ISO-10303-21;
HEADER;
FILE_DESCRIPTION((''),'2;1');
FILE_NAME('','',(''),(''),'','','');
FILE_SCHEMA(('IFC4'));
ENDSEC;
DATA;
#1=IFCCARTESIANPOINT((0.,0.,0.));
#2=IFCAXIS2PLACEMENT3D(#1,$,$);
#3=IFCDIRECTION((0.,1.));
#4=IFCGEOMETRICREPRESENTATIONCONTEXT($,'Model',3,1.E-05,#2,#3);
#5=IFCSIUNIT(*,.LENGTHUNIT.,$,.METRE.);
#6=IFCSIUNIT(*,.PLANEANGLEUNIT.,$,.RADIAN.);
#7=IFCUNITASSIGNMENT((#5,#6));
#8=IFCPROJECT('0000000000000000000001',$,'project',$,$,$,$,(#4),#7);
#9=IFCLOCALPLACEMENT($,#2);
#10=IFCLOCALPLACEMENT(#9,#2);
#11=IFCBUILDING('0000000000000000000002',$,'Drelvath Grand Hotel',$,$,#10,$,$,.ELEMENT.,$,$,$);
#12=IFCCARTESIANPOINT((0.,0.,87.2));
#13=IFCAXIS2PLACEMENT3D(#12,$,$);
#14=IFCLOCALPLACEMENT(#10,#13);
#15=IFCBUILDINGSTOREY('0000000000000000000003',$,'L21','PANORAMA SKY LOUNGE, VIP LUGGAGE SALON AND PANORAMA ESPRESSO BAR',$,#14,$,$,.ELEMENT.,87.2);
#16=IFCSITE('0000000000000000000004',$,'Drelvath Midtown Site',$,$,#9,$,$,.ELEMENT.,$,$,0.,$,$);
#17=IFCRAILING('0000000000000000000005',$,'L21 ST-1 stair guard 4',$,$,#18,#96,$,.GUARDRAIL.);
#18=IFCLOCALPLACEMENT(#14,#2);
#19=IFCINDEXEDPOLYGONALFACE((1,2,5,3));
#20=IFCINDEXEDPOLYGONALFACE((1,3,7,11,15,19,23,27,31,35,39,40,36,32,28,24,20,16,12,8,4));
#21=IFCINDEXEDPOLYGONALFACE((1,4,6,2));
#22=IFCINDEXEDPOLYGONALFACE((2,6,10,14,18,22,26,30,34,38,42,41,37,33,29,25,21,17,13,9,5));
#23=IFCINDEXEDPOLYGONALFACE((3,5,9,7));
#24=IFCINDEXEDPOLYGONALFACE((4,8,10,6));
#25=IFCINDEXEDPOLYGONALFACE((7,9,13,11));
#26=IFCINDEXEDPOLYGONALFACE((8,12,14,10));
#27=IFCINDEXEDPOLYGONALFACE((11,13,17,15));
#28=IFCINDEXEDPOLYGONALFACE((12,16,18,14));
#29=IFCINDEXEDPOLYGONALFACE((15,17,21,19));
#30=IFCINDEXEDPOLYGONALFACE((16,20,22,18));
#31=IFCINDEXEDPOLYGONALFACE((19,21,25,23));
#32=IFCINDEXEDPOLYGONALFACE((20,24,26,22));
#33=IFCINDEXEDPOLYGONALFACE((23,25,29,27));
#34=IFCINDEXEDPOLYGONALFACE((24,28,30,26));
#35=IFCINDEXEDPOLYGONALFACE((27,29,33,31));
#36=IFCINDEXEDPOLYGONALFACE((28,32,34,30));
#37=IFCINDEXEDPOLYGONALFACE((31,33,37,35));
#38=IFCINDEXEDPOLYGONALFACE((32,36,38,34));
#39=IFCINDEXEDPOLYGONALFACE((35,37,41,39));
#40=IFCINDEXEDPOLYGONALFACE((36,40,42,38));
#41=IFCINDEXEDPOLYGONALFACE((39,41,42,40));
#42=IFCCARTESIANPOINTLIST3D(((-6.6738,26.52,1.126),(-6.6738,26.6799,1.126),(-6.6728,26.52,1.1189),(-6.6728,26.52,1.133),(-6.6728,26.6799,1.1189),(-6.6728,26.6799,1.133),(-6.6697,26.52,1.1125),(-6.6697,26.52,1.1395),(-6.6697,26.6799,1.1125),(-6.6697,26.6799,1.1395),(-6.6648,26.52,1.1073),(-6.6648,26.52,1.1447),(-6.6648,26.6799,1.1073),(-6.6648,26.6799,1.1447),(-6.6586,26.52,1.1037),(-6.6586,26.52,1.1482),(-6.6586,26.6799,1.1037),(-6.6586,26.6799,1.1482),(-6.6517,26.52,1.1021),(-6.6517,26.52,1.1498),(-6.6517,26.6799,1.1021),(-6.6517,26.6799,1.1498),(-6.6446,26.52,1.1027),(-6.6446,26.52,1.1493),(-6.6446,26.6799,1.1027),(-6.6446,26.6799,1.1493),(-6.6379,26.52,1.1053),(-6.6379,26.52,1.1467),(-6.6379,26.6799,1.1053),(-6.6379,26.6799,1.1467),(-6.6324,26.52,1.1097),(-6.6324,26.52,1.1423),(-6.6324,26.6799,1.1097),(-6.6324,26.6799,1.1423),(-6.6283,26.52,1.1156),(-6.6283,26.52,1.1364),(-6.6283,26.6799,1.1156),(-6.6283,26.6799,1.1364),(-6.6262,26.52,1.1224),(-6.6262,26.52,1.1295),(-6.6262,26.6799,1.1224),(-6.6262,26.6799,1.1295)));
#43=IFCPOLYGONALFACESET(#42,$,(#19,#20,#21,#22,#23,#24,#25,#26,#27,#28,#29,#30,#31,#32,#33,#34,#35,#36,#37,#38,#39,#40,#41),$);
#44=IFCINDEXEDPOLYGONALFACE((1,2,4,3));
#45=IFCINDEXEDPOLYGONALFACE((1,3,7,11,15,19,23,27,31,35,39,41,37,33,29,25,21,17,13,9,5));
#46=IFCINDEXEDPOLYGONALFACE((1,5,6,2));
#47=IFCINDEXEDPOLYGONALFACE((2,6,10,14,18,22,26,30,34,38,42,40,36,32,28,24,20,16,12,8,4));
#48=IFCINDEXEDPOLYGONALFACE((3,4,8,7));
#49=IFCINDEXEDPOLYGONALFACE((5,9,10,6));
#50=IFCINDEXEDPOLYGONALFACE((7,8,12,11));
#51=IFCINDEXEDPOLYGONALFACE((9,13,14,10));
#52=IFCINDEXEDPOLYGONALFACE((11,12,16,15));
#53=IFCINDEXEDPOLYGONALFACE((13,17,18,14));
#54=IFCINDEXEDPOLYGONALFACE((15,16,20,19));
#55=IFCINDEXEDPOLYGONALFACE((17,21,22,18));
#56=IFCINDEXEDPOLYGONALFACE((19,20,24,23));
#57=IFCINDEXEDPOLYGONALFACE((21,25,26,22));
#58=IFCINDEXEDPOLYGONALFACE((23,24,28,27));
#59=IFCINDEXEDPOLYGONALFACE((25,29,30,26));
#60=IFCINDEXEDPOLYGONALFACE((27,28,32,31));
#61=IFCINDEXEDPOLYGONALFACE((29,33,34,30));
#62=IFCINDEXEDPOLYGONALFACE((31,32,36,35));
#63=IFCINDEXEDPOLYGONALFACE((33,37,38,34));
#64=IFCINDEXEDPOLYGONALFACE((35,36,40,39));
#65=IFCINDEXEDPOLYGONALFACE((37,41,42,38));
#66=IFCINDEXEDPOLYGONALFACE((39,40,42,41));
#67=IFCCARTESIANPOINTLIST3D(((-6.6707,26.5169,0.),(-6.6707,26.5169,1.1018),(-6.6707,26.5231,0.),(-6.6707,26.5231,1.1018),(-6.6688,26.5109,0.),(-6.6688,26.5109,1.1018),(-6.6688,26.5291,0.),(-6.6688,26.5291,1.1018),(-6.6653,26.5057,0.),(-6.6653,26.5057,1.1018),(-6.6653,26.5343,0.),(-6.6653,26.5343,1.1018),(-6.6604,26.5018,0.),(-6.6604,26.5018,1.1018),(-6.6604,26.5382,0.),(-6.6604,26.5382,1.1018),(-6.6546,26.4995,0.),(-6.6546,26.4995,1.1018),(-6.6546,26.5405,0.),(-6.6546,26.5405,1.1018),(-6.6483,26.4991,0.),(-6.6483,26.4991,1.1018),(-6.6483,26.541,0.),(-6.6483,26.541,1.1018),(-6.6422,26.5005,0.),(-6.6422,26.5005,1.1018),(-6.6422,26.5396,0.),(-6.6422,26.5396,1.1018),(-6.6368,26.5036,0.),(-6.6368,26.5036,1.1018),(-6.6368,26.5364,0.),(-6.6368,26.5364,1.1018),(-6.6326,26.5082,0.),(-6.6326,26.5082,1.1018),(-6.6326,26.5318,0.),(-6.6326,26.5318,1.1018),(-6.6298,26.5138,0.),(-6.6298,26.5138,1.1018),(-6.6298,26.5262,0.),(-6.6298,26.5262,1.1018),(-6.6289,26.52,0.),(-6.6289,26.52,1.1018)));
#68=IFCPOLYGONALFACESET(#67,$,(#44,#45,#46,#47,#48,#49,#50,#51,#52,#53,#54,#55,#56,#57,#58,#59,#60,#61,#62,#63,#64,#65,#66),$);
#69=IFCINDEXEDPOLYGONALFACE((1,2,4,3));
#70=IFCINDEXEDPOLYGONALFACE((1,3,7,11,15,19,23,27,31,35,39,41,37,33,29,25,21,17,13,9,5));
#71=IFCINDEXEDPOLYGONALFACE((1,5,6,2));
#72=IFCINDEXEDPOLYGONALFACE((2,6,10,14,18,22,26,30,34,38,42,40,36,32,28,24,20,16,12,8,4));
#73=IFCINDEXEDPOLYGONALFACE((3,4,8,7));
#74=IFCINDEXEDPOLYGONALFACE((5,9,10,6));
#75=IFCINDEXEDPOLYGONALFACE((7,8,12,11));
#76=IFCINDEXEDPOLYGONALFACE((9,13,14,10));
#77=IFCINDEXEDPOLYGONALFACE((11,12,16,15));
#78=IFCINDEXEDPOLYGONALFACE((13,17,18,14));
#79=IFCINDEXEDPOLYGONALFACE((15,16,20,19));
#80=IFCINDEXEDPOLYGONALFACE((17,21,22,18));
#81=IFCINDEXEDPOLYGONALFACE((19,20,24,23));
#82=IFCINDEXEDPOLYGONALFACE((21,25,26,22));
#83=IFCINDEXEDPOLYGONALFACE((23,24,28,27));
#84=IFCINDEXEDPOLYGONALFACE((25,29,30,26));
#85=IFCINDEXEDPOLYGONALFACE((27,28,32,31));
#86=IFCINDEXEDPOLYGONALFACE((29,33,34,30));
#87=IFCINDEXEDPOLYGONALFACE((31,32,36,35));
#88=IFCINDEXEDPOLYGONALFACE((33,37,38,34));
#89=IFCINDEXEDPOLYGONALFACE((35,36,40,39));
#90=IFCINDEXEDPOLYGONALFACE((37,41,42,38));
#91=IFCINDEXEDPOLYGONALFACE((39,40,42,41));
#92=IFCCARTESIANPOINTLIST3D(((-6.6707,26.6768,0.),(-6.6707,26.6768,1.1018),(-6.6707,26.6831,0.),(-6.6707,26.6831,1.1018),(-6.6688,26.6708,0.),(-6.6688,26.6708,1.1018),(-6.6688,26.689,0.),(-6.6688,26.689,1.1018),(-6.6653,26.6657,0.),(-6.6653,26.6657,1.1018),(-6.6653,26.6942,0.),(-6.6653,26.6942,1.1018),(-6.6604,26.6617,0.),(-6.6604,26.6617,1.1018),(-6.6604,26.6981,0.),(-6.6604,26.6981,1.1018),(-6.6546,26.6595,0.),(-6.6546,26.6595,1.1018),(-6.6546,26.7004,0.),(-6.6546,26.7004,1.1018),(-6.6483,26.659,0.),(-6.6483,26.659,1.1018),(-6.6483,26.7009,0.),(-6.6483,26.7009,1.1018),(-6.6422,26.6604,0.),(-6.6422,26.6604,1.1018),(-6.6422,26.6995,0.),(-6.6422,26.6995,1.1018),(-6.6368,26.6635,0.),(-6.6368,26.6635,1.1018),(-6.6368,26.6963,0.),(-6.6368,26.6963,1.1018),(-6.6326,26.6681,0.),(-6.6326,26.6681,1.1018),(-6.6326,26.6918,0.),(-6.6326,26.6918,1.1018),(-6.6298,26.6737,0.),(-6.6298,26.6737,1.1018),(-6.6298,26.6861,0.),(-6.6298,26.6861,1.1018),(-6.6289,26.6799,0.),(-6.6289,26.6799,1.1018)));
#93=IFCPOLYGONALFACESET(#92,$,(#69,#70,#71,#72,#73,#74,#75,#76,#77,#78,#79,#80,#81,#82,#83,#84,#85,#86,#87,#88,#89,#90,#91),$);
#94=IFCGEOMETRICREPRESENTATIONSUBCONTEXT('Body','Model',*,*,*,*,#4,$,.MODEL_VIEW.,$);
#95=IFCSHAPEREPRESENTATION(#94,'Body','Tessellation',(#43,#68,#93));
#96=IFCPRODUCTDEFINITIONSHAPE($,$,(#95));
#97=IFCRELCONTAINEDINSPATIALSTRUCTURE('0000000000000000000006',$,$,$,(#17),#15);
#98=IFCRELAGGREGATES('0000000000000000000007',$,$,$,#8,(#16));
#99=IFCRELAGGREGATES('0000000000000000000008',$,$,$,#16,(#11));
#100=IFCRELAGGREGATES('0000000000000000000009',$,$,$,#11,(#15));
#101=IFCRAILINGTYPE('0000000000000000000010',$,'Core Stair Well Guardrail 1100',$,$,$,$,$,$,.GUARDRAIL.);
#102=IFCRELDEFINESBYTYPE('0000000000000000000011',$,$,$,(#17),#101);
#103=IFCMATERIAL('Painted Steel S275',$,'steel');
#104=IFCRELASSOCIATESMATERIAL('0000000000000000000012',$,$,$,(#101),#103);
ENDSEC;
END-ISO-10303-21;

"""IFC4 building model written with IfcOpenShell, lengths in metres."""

from ifc_helpers import new_model, si_unit, direction, frame, origin, origin_2d, place, context, subcontext, project, spatial, circle, extrude, material, type_object, element, save


model = new_model("IFC4")

# Units and contexts
model_context = context("Model", 3, precision=1e-05, world=origin(), true_north=direction((0.0, 1.0)))
body_context = subcontext(model_context, "Body", "Model", "MODEL_VIEW")
ifc_project = project(units=[si_unit("LENGTHUNIT", "METRE"), si_unit("PLANEANGLEUNIT", "RADIAN")], contexts=[model_context])

# Site, building, storey
site_placement = place(None, origin())
site = spatial("IfcSite", under=ifc_project, at=site_placement, Name="Drelvath Midtown Site", CompositionType="ELEMENT", RefElevation=0.0)
building_placement = place(site_placement, origin())
building = spatial("IfcBuilding", under=site, at=building_placement, Name="Drelvath Grand Hotel", CompositionType="ELEMENT")
storey_placement = place(building_placement, frame((0.0, 0.0, 87.2)))
storey = spatial("IfcBuildingStorey", under=building, at=storey_placement, Name="L21", Description="PANORAMA SKY LOUNGE, VIP LUGGAGE SALON AND PANORAMA ESPRESSO BAR", CompositionType="ELEMENT", Elevation=87.2)

# Shared definitions
ifc_material_1 = material(Name="Painted Steel S275", Category="steel")

# Railing
railing_type_1 = type_object("IfcRailingType", Name="Core Stair Well Guardrail 1100", PredefinedType="GUARDRAIL", material=ifc_material_1)
railing_1_placement = place(storey_placement, frame((-6.6499, 26.52, 0.0)))
element("IfcRailing", 1, at=railing_1_placement, inside=storey, type_object=railing_type_1, Name="L21 ST-1 stair guard 4", PredefinedType="GUARDRAIL", context=body_context, shape_type="SweptSolid", body=[
    extrude(circle(Radius=0.0239, at=origin_2d()), frame((0.0, 0.0, 1.126), z_axis=(0.0, 1.0, 0.0), x_axis=(-1.0, 0.0, 0.0)), (0.0, 0.0, 1.0), 0.1599),
    extrude(circle(Radius=0.021, at=origin_2d()), origin(), (0.0, 0.0, 1.0), 1.1018),
    extrude(circle(Radius=0.021, at=origin_2d()), frame((0.0, 0.1599, 0.0)), (0.0, 0.0, 1.0), 1.1018),
])

save(model, "model.ifc")
